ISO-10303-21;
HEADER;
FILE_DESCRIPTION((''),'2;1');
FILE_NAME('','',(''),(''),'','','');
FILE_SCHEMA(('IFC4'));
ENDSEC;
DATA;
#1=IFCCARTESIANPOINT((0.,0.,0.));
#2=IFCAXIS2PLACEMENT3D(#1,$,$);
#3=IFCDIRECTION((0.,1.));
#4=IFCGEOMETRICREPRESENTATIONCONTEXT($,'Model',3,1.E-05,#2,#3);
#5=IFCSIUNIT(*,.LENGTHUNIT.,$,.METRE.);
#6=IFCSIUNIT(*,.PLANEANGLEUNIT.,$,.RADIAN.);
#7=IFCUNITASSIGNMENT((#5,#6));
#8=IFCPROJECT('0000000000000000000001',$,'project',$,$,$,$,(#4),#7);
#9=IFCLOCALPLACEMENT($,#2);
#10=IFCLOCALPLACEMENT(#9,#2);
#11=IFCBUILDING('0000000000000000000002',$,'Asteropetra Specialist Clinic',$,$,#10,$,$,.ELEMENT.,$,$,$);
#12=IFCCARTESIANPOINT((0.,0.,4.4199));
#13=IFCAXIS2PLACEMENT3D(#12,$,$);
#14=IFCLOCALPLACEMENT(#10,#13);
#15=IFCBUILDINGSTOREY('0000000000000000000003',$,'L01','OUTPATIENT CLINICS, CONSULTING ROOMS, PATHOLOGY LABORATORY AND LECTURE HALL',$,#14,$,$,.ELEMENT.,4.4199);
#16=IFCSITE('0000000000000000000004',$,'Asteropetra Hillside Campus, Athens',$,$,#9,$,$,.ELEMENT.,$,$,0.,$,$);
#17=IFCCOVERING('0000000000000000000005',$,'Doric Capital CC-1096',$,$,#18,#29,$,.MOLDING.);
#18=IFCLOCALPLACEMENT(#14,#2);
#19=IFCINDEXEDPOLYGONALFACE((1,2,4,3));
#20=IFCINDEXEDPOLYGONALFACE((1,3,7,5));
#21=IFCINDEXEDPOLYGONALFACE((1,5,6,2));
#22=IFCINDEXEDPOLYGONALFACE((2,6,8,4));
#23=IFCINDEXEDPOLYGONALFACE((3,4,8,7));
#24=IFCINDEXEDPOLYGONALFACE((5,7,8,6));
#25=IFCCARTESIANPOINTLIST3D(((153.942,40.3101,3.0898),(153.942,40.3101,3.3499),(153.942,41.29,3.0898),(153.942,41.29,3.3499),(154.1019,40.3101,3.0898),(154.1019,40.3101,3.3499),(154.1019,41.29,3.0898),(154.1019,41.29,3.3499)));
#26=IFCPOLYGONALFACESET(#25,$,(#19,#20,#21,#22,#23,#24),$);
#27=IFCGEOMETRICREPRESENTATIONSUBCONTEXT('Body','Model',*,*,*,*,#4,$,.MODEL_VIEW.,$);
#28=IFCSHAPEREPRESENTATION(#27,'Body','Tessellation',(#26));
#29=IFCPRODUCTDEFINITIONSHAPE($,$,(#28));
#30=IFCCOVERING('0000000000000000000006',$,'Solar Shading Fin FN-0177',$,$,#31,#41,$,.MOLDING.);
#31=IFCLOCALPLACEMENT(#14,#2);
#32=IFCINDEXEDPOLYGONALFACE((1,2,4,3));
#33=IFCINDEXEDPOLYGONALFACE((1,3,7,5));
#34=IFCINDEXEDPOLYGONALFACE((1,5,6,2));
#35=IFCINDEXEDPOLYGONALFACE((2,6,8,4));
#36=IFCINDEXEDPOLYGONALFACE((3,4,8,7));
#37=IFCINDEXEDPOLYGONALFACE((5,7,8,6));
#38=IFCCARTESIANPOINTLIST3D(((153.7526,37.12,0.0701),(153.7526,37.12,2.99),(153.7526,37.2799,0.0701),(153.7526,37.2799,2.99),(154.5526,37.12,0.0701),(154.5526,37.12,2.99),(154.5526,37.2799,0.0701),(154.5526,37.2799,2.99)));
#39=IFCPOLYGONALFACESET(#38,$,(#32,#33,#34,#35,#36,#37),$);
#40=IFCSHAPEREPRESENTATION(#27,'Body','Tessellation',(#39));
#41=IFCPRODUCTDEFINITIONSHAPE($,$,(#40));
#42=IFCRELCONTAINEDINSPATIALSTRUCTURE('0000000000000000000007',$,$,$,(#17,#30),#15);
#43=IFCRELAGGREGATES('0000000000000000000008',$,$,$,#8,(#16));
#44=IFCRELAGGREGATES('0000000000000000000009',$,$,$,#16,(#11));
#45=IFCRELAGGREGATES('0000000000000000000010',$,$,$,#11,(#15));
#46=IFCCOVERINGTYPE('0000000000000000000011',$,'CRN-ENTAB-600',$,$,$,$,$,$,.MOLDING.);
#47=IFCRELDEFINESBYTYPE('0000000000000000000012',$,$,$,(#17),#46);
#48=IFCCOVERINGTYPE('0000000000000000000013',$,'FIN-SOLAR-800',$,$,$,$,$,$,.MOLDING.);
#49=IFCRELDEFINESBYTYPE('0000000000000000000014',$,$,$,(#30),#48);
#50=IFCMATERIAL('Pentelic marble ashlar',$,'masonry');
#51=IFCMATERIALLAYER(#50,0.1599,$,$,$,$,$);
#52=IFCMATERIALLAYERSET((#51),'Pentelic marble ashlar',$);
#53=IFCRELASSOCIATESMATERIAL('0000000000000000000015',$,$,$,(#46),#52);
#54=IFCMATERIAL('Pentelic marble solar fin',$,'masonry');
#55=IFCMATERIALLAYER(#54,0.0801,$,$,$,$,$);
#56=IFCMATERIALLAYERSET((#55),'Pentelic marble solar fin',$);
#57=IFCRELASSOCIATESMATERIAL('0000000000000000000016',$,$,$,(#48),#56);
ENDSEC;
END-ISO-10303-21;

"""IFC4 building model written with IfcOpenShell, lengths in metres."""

from ifc_helpers import new_model, si_unit, direction, frame, origin, origin_2d, place, context, subcontext, project, spatial, rectangle, extrude, material, layer, layer_set, type_object, element, save


model = new_model("IFC4")

# Units and contexts
model_context = context("Model", 3, precision=1e-05, world=origin(), true_north=direction((0.0, 1.0)))
body_context = subcontext(model_context, "Body", "Model", "MODEL_VIEW")
ifc_project = project(units=[si_unit("LENGTHUNIT", "METRE"), si_unit("PLANEANGLEUNIT", "RADIAN")], contexts=[model_context])

# Site, building, storey
site_placement = place(None, origin())
site = spatial("IfcSite", under=ifc_project, at=site_placement, Name="Asteropetra Hillside Campus, Athens", CompositionType="ELEMENT", RefElevation=0.0)
building_placement = place(site_placement, origin())
building = spatial("IfcBuilding", under=site, at=building_placement, Name="Asteropetra Specialist Clinic", CompositionType="ELEMENT")
storey_placement = place(building_placement, frame((0.0, 0.0, 4.4199)))
storey = spatial("IfcBuildingStorey", under=building, at=storey_placement, Name="L01", Description="OUTPATIENT CLINICS, CONSULTING ROOMS, PATHOLOGY LABORATORY AND LECTURE HALL", CompositionType="ELEMENT", Elevation=4.4199)

# Coverings
ifc_material_1 = material(Name="Pentelic marble ashlar", Category="masonry")
ifc_layer_1 = layer(ifc_material_1, 0.1599)
ifc_layer_set_1 = layer_set([ifc_layer_1], Name="Pentelic marble ashlar")
covering_type_1 = type_object("IfcCoveringType", Name="CRN-ENTAB-600", PredefinedType="MOLDING", material=ifc_layer_set_1)
for number, where, z_axis, x_axis, name in (
    (1, (154.022, 40.8, 3.0898), (0.0, 0.0, 1.0), (1.0, 0.0, 0.0), "Doric Capital CC-1096"),
):
    element("IfcCovering", number, at=place(storey_placement, frame(where, z_axis=z_axis, x_axis=x_axis)), inside=storey, type_object=covering_type_1, Name=name, PredefinedType="MOLDING", context=body_context, shape_type="SweptSolid", body=[
        extrude(rectangle(XDim=0.1599, YDim=0.98, at=origin_2d()), origin(), (0.0, 0.0, 1.0), 0.26),
    ])
ifc_material_2 = material(Name="Pentelic marble solar fin", Category="masonry")
ifc_layer_2 = layer(ifc_material_2, 0.0801)
ifc_layer_set_2 = layer_set([ifc_layer_2], Name="Pentelic marble solar fin")
covering_type_2 = type_object("IfcCoveringType", Name="FIN-SOLAR-800", PredefinedType="MOLDING", material=ifc_layer_set_2)
covering_1_placement = place(storey_placement, frame((154.1526, 37.2, 0.0701), z_axis=(0.0, 0.0, 1.0), x_axis=(1.0, 0.0, 0.0)))
element("IfcCovering", 2, at=covering_1_placement, inside=storey, type_object=covering_type_2, Name="Solar Shading Fin FN-0177", PredefinedType="MOLDING", context=body_context, shape_type="SweptSolid", body=[
    extrude(rectangle(XDim=0.8, YDim=0.1599, at=origin_2d()), origin(), (0.0, 0.0, 1.0), 2.9199),
])

save(model, "model.ifc")
